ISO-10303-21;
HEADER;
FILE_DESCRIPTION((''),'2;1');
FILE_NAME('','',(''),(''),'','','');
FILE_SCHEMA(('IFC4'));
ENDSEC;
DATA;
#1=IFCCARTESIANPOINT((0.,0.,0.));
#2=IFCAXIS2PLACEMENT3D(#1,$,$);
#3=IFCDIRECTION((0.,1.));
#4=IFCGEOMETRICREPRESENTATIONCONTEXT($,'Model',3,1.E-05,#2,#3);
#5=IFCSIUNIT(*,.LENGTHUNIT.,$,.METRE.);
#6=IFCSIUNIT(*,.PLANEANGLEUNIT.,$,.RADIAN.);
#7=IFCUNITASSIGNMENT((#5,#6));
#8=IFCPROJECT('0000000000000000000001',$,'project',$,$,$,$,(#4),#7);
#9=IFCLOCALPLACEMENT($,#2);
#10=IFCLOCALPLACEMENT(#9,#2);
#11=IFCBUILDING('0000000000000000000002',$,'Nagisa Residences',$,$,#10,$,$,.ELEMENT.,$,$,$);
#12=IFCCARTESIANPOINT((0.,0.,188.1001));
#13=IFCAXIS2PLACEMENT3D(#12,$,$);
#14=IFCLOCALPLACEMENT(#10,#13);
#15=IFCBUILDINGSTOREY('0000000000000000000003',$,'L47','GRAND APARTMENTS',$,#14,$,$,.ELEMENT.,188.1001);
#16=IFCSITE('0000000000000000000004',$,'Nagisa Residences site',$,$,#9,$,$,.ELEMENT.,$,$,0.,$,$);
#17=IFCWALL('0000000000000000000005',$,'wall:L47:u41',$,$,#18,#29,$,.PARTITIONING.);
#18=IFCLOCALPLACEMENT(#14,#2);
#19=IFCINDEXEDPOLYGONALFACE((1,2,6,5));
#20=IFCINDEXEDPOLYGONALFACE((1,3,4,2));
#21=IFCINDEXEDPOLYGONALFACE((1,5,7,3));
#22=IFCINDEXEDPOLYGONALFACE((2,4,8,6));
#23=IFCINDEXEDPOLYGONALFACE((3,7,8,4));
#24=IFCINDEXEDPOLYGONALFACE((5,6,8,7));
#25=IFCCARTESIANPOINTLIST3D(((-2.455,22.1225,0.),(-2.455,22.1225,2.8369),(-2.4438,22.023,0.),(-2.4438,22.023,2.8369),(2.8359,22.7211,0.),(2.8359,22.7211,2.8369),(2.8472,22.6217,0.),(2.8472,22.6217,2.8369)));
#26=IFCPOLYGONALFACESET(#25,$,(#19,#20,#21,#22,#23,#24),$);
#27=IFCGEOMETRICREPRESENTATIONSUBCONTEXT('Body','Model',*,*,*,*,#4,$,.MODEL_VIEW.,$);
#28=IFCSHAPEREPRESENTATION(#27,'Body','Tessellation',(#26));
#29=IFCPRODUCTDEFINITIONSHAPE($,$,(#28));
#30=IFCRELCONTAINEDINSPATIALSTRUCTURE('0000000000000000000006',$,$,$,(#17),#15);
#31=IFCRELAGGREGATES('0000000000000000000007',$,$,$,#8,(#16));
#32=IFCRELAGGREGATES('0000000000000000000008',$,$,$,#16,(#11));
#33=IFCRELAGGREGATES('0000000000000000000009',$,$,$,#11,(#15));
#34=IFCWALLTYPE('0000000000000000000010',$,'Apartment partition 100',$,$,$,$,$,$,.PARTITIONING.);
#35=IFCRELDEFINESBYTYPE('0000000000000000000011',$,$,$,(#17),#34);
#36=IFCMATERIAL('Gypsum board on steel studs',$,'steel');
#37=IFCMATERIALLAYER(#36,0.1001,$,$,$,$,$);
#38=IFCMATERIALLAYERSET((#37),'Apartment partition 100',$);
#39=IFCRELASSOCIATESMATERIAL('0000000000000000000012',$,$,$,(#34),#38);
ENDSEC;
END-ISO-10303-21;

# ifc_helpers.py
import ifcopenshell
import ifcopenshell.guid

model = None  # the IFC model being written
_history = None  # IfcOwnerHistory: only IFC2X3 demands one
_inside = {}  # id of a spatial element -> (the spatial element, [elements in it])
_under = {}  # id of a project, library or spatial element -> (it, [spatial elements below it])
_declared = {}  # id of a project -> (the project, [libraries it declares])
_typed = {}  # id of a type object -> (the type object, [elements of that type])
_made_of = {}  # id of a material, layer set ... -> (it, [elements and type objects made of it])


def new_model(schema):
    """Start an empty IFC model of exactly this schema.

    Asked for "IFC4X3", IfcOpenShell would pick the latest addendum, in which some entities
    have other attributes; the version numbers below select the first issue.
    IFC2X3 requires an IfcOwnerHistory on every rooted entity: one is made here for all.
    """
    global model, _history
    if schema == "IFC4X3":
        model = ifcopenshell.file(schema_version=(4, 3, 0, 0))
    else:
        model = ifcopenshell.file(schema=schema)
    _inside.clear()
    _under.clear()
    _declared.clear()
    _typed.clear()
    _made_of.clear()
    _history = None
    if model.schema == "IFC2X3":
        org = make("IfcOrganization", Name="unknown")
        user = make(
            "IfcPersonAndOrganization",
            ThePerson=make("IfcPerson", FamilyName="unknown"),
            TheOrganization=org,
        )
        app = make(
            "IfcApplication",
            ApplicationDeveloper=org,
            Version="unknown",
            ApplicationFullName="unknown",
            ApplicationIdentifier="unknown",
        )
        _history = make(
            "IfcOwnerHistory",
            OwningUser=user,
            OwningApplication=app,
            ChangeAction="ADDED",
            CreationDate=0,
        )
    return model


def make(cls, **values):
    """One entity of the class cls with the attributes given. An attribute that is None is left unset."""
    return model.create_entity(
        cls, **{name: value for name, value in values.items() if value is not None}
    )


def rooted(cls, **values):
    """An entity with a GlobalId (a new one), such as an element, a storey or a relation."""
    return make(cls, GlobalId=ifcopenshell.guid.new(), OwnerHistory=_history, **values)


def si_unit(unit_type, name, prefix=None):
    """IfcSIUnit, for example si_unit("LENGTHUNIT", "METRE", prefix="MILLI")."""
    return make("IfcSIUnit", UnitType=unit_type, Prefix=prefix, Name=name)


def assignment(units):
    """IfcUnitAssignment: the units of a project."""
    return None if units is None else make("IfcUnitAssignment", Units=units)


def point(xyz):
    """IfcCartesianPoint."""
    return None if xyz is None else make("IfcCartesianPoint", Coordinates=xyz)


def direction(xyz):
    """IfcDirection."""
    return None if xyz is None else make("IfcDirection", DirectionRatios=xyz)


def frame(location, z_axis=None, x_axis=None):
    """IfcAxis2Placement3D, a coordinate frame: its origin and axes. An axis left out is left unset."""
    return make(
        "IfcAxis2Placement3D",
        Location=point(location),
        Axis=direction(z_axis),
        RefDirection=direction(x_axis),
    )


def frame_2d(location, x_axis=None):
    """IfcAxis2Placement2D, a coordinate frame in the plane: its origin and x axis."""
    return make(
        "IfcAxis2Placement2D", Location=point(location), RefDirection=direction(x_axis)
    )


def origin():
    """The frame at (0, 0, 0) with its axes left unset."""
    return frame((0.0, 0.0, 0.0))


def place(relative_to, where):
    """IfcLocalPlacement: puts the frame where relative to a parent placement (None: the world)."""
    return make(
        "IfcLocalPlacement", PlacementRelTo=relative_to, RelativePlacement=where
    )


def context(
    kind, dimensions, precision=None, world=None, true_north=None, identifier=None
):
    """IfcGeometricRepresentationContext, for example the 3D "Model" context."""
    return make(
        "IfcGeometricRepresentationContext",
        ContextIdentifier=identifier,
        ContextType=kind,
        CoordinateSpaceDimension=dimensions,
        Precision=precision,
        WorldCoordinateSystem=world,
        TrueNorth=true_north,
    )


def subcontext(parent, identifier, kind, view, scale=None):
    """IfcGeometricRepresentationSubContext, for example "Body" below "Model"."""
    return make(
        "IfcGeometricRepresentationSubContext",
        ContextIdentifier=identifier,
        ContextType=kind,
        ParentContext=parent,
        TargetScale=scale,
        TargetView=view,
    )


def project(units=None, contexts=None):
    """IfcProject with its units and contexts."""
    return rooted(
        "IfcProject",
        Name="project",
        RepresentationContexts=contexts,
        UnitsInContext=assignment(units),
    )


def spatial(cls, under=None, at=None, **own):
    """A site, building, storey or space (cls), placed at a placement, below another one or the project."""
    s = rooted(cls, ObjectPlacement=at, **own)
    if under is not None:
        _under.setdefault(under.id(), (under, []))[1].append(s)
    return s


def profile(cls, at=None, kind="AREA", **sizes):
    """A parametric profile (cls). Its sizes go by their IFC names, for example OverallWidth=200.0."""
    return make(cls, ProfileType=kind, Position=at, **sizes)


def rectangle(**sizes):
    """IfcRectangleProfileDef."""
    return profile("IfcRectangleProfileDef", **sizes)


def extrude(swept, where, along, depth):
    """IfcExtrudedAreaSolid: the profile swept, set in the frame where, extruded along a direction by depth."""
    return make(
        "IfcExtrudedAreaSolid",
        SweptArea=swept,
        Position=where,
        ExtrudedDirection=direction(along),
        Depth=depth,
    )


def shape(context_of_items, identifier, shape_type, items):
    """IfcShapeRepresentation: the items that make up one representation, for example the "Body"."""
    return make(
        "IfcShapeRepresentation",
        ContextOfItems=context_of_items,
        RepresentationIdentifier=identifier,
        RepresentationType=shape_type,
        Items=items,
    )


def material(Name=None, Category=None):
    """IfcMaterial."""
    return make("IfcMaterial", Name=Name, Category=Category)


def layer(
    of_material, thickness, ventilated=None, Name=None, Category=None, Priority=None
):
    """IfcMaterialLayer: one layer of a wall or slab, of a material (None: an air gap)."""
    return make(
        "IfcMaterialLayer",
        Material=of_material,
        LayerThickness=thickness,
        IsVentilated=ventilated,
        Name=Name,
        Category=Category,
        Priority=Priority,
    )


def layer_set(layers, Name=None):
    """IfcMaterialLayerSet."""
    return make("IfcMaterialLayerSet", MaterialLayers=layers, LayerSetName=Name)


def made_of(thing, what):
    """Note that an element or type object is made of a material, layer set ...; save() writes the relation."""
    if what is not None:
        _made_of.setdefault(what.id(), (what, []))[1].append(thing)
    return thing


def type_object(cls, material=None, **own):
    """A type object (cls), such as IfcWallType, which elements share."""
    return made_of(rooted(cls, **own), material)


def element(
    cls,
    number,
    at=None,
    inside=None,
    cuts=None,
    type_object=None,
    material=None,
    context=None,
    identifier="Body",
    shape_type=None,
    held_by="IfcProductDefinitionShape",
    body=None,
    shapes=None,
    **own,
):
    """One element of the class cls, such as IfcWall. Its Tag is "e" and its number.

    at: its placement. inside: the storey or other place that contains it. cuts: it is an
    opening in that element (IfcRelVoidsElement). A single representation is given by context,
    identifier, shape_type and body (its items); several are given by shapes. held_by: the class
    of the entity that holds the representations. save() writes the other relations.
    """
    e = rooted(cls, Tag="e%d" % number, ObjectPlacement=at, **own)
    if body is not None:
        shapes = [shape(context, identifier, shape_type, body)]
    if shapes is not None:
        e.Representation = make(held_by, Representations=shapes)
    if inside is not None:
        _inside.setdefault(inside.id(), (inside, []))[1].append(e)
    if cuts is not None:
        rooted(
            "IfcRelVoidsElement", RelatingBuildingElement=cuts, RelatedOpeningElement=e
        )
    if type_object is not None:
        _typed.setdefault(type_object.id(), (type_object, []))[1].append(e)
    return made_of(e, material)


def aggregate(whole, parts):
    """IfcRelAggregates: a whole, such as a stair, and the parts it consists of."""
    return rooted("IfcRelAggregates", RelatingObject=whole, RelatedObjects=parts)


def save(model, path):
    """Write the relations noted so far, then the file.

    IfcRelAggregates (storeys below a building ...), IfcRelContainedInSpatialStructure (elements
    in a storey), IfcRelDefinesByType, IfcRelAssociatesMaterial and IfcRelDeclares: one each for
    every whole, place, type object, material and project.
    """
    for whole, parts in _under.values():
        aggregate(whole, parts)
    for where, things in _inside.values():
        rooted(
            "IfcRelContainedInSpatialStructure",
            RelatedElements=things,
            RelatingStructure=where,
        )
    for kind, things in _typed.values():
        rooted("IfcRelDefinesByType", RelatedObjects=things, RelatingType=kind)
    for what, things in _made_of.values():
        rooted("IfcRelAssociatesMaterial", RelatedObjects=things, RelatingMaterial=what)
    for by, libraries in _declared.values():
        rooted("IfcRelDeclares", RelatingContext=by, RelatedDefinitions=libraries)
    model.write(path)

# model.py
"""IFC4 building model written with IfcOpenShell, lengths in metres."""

from ifc_helpers import new_model, si_unit, direction, frame, frame_2d, origin, place, context, subcontext, project, spatial, rectangle, extrude, material, layer, layer_set, type_object, element, save


model = new_model("IFC4")

# Units and contexts
model_context = context("Model", 3, precision=1e-05, world=origin(), true_north=direction((0.0, 1.0)))
body_context = subcontext(model_context, "Body", "Model", "MODEL_VIEW")
ifc_project = project(units=[si_unit("LENGTHUNIT", "METRE"), si_unit("PLANEANGLEUNIT", "RADIAN")], contexts=[model_context])

# Site, building, storey
site_placement = place(None, origin())
site = spatial("IfcSite", under=ifc_project, at=site_placement, Name="Nagisa Residences site", CompositionType="ELEMENT", RefElevation=0.0)
building_placement = place(site_placement, origin())
building = spatial("IfcBuilding", under=site, at=building_placement, Name="Nagisa Residences", CompositionType="ELEMENT")
storey_placement = place(building_placement, frame((0.0, 0.0, 188.1001)))
storey = spatial("IfcBuildingStorey", under=building, at=storey_placement, Name="L47", Description="GRAND APARTMENTS", CompositionType="ELEMENT", Elevation=188.1001)

# Shared definitions
ifc_material_1 = material(Name="Gypsum board on steel studs", Category="steel")
ifc_layer_1 = layer(ifc_material_1, 0.1001)
ifc_layer_set_1 = layer_set([ifc_layer_1], Name="Apartment partition 100")
wall_type_1 = type_object("IfcWallType", Name="Apartment partition 100", PredefinedType="PARTITIONING", material=ifc_layer_set_1)

# Wall
wall_1_placement = place(storey_placement, frame((2.8416, 22.6714, 0.0), z_axis=(0.0, 0.0, 1.0), x_axis=(-0.99366, -0.112424, 0.0)))
element("IfcWall", 1, at=wall_1_placement, inside=storey, type_object=wall_type_1, Name="wall:L47:u41", PredefinedType="PARTITIONING", context=body_context, shape_type="SweptSolid", body=[
    extrude(rectangle(XDim=5.3247, YDim=0.1001, at=frame_2d((2.6624, 0.0))), origin(), (0.0, 0.0, 1.0), 2.8369),
])

save(model, "model.ifc")
